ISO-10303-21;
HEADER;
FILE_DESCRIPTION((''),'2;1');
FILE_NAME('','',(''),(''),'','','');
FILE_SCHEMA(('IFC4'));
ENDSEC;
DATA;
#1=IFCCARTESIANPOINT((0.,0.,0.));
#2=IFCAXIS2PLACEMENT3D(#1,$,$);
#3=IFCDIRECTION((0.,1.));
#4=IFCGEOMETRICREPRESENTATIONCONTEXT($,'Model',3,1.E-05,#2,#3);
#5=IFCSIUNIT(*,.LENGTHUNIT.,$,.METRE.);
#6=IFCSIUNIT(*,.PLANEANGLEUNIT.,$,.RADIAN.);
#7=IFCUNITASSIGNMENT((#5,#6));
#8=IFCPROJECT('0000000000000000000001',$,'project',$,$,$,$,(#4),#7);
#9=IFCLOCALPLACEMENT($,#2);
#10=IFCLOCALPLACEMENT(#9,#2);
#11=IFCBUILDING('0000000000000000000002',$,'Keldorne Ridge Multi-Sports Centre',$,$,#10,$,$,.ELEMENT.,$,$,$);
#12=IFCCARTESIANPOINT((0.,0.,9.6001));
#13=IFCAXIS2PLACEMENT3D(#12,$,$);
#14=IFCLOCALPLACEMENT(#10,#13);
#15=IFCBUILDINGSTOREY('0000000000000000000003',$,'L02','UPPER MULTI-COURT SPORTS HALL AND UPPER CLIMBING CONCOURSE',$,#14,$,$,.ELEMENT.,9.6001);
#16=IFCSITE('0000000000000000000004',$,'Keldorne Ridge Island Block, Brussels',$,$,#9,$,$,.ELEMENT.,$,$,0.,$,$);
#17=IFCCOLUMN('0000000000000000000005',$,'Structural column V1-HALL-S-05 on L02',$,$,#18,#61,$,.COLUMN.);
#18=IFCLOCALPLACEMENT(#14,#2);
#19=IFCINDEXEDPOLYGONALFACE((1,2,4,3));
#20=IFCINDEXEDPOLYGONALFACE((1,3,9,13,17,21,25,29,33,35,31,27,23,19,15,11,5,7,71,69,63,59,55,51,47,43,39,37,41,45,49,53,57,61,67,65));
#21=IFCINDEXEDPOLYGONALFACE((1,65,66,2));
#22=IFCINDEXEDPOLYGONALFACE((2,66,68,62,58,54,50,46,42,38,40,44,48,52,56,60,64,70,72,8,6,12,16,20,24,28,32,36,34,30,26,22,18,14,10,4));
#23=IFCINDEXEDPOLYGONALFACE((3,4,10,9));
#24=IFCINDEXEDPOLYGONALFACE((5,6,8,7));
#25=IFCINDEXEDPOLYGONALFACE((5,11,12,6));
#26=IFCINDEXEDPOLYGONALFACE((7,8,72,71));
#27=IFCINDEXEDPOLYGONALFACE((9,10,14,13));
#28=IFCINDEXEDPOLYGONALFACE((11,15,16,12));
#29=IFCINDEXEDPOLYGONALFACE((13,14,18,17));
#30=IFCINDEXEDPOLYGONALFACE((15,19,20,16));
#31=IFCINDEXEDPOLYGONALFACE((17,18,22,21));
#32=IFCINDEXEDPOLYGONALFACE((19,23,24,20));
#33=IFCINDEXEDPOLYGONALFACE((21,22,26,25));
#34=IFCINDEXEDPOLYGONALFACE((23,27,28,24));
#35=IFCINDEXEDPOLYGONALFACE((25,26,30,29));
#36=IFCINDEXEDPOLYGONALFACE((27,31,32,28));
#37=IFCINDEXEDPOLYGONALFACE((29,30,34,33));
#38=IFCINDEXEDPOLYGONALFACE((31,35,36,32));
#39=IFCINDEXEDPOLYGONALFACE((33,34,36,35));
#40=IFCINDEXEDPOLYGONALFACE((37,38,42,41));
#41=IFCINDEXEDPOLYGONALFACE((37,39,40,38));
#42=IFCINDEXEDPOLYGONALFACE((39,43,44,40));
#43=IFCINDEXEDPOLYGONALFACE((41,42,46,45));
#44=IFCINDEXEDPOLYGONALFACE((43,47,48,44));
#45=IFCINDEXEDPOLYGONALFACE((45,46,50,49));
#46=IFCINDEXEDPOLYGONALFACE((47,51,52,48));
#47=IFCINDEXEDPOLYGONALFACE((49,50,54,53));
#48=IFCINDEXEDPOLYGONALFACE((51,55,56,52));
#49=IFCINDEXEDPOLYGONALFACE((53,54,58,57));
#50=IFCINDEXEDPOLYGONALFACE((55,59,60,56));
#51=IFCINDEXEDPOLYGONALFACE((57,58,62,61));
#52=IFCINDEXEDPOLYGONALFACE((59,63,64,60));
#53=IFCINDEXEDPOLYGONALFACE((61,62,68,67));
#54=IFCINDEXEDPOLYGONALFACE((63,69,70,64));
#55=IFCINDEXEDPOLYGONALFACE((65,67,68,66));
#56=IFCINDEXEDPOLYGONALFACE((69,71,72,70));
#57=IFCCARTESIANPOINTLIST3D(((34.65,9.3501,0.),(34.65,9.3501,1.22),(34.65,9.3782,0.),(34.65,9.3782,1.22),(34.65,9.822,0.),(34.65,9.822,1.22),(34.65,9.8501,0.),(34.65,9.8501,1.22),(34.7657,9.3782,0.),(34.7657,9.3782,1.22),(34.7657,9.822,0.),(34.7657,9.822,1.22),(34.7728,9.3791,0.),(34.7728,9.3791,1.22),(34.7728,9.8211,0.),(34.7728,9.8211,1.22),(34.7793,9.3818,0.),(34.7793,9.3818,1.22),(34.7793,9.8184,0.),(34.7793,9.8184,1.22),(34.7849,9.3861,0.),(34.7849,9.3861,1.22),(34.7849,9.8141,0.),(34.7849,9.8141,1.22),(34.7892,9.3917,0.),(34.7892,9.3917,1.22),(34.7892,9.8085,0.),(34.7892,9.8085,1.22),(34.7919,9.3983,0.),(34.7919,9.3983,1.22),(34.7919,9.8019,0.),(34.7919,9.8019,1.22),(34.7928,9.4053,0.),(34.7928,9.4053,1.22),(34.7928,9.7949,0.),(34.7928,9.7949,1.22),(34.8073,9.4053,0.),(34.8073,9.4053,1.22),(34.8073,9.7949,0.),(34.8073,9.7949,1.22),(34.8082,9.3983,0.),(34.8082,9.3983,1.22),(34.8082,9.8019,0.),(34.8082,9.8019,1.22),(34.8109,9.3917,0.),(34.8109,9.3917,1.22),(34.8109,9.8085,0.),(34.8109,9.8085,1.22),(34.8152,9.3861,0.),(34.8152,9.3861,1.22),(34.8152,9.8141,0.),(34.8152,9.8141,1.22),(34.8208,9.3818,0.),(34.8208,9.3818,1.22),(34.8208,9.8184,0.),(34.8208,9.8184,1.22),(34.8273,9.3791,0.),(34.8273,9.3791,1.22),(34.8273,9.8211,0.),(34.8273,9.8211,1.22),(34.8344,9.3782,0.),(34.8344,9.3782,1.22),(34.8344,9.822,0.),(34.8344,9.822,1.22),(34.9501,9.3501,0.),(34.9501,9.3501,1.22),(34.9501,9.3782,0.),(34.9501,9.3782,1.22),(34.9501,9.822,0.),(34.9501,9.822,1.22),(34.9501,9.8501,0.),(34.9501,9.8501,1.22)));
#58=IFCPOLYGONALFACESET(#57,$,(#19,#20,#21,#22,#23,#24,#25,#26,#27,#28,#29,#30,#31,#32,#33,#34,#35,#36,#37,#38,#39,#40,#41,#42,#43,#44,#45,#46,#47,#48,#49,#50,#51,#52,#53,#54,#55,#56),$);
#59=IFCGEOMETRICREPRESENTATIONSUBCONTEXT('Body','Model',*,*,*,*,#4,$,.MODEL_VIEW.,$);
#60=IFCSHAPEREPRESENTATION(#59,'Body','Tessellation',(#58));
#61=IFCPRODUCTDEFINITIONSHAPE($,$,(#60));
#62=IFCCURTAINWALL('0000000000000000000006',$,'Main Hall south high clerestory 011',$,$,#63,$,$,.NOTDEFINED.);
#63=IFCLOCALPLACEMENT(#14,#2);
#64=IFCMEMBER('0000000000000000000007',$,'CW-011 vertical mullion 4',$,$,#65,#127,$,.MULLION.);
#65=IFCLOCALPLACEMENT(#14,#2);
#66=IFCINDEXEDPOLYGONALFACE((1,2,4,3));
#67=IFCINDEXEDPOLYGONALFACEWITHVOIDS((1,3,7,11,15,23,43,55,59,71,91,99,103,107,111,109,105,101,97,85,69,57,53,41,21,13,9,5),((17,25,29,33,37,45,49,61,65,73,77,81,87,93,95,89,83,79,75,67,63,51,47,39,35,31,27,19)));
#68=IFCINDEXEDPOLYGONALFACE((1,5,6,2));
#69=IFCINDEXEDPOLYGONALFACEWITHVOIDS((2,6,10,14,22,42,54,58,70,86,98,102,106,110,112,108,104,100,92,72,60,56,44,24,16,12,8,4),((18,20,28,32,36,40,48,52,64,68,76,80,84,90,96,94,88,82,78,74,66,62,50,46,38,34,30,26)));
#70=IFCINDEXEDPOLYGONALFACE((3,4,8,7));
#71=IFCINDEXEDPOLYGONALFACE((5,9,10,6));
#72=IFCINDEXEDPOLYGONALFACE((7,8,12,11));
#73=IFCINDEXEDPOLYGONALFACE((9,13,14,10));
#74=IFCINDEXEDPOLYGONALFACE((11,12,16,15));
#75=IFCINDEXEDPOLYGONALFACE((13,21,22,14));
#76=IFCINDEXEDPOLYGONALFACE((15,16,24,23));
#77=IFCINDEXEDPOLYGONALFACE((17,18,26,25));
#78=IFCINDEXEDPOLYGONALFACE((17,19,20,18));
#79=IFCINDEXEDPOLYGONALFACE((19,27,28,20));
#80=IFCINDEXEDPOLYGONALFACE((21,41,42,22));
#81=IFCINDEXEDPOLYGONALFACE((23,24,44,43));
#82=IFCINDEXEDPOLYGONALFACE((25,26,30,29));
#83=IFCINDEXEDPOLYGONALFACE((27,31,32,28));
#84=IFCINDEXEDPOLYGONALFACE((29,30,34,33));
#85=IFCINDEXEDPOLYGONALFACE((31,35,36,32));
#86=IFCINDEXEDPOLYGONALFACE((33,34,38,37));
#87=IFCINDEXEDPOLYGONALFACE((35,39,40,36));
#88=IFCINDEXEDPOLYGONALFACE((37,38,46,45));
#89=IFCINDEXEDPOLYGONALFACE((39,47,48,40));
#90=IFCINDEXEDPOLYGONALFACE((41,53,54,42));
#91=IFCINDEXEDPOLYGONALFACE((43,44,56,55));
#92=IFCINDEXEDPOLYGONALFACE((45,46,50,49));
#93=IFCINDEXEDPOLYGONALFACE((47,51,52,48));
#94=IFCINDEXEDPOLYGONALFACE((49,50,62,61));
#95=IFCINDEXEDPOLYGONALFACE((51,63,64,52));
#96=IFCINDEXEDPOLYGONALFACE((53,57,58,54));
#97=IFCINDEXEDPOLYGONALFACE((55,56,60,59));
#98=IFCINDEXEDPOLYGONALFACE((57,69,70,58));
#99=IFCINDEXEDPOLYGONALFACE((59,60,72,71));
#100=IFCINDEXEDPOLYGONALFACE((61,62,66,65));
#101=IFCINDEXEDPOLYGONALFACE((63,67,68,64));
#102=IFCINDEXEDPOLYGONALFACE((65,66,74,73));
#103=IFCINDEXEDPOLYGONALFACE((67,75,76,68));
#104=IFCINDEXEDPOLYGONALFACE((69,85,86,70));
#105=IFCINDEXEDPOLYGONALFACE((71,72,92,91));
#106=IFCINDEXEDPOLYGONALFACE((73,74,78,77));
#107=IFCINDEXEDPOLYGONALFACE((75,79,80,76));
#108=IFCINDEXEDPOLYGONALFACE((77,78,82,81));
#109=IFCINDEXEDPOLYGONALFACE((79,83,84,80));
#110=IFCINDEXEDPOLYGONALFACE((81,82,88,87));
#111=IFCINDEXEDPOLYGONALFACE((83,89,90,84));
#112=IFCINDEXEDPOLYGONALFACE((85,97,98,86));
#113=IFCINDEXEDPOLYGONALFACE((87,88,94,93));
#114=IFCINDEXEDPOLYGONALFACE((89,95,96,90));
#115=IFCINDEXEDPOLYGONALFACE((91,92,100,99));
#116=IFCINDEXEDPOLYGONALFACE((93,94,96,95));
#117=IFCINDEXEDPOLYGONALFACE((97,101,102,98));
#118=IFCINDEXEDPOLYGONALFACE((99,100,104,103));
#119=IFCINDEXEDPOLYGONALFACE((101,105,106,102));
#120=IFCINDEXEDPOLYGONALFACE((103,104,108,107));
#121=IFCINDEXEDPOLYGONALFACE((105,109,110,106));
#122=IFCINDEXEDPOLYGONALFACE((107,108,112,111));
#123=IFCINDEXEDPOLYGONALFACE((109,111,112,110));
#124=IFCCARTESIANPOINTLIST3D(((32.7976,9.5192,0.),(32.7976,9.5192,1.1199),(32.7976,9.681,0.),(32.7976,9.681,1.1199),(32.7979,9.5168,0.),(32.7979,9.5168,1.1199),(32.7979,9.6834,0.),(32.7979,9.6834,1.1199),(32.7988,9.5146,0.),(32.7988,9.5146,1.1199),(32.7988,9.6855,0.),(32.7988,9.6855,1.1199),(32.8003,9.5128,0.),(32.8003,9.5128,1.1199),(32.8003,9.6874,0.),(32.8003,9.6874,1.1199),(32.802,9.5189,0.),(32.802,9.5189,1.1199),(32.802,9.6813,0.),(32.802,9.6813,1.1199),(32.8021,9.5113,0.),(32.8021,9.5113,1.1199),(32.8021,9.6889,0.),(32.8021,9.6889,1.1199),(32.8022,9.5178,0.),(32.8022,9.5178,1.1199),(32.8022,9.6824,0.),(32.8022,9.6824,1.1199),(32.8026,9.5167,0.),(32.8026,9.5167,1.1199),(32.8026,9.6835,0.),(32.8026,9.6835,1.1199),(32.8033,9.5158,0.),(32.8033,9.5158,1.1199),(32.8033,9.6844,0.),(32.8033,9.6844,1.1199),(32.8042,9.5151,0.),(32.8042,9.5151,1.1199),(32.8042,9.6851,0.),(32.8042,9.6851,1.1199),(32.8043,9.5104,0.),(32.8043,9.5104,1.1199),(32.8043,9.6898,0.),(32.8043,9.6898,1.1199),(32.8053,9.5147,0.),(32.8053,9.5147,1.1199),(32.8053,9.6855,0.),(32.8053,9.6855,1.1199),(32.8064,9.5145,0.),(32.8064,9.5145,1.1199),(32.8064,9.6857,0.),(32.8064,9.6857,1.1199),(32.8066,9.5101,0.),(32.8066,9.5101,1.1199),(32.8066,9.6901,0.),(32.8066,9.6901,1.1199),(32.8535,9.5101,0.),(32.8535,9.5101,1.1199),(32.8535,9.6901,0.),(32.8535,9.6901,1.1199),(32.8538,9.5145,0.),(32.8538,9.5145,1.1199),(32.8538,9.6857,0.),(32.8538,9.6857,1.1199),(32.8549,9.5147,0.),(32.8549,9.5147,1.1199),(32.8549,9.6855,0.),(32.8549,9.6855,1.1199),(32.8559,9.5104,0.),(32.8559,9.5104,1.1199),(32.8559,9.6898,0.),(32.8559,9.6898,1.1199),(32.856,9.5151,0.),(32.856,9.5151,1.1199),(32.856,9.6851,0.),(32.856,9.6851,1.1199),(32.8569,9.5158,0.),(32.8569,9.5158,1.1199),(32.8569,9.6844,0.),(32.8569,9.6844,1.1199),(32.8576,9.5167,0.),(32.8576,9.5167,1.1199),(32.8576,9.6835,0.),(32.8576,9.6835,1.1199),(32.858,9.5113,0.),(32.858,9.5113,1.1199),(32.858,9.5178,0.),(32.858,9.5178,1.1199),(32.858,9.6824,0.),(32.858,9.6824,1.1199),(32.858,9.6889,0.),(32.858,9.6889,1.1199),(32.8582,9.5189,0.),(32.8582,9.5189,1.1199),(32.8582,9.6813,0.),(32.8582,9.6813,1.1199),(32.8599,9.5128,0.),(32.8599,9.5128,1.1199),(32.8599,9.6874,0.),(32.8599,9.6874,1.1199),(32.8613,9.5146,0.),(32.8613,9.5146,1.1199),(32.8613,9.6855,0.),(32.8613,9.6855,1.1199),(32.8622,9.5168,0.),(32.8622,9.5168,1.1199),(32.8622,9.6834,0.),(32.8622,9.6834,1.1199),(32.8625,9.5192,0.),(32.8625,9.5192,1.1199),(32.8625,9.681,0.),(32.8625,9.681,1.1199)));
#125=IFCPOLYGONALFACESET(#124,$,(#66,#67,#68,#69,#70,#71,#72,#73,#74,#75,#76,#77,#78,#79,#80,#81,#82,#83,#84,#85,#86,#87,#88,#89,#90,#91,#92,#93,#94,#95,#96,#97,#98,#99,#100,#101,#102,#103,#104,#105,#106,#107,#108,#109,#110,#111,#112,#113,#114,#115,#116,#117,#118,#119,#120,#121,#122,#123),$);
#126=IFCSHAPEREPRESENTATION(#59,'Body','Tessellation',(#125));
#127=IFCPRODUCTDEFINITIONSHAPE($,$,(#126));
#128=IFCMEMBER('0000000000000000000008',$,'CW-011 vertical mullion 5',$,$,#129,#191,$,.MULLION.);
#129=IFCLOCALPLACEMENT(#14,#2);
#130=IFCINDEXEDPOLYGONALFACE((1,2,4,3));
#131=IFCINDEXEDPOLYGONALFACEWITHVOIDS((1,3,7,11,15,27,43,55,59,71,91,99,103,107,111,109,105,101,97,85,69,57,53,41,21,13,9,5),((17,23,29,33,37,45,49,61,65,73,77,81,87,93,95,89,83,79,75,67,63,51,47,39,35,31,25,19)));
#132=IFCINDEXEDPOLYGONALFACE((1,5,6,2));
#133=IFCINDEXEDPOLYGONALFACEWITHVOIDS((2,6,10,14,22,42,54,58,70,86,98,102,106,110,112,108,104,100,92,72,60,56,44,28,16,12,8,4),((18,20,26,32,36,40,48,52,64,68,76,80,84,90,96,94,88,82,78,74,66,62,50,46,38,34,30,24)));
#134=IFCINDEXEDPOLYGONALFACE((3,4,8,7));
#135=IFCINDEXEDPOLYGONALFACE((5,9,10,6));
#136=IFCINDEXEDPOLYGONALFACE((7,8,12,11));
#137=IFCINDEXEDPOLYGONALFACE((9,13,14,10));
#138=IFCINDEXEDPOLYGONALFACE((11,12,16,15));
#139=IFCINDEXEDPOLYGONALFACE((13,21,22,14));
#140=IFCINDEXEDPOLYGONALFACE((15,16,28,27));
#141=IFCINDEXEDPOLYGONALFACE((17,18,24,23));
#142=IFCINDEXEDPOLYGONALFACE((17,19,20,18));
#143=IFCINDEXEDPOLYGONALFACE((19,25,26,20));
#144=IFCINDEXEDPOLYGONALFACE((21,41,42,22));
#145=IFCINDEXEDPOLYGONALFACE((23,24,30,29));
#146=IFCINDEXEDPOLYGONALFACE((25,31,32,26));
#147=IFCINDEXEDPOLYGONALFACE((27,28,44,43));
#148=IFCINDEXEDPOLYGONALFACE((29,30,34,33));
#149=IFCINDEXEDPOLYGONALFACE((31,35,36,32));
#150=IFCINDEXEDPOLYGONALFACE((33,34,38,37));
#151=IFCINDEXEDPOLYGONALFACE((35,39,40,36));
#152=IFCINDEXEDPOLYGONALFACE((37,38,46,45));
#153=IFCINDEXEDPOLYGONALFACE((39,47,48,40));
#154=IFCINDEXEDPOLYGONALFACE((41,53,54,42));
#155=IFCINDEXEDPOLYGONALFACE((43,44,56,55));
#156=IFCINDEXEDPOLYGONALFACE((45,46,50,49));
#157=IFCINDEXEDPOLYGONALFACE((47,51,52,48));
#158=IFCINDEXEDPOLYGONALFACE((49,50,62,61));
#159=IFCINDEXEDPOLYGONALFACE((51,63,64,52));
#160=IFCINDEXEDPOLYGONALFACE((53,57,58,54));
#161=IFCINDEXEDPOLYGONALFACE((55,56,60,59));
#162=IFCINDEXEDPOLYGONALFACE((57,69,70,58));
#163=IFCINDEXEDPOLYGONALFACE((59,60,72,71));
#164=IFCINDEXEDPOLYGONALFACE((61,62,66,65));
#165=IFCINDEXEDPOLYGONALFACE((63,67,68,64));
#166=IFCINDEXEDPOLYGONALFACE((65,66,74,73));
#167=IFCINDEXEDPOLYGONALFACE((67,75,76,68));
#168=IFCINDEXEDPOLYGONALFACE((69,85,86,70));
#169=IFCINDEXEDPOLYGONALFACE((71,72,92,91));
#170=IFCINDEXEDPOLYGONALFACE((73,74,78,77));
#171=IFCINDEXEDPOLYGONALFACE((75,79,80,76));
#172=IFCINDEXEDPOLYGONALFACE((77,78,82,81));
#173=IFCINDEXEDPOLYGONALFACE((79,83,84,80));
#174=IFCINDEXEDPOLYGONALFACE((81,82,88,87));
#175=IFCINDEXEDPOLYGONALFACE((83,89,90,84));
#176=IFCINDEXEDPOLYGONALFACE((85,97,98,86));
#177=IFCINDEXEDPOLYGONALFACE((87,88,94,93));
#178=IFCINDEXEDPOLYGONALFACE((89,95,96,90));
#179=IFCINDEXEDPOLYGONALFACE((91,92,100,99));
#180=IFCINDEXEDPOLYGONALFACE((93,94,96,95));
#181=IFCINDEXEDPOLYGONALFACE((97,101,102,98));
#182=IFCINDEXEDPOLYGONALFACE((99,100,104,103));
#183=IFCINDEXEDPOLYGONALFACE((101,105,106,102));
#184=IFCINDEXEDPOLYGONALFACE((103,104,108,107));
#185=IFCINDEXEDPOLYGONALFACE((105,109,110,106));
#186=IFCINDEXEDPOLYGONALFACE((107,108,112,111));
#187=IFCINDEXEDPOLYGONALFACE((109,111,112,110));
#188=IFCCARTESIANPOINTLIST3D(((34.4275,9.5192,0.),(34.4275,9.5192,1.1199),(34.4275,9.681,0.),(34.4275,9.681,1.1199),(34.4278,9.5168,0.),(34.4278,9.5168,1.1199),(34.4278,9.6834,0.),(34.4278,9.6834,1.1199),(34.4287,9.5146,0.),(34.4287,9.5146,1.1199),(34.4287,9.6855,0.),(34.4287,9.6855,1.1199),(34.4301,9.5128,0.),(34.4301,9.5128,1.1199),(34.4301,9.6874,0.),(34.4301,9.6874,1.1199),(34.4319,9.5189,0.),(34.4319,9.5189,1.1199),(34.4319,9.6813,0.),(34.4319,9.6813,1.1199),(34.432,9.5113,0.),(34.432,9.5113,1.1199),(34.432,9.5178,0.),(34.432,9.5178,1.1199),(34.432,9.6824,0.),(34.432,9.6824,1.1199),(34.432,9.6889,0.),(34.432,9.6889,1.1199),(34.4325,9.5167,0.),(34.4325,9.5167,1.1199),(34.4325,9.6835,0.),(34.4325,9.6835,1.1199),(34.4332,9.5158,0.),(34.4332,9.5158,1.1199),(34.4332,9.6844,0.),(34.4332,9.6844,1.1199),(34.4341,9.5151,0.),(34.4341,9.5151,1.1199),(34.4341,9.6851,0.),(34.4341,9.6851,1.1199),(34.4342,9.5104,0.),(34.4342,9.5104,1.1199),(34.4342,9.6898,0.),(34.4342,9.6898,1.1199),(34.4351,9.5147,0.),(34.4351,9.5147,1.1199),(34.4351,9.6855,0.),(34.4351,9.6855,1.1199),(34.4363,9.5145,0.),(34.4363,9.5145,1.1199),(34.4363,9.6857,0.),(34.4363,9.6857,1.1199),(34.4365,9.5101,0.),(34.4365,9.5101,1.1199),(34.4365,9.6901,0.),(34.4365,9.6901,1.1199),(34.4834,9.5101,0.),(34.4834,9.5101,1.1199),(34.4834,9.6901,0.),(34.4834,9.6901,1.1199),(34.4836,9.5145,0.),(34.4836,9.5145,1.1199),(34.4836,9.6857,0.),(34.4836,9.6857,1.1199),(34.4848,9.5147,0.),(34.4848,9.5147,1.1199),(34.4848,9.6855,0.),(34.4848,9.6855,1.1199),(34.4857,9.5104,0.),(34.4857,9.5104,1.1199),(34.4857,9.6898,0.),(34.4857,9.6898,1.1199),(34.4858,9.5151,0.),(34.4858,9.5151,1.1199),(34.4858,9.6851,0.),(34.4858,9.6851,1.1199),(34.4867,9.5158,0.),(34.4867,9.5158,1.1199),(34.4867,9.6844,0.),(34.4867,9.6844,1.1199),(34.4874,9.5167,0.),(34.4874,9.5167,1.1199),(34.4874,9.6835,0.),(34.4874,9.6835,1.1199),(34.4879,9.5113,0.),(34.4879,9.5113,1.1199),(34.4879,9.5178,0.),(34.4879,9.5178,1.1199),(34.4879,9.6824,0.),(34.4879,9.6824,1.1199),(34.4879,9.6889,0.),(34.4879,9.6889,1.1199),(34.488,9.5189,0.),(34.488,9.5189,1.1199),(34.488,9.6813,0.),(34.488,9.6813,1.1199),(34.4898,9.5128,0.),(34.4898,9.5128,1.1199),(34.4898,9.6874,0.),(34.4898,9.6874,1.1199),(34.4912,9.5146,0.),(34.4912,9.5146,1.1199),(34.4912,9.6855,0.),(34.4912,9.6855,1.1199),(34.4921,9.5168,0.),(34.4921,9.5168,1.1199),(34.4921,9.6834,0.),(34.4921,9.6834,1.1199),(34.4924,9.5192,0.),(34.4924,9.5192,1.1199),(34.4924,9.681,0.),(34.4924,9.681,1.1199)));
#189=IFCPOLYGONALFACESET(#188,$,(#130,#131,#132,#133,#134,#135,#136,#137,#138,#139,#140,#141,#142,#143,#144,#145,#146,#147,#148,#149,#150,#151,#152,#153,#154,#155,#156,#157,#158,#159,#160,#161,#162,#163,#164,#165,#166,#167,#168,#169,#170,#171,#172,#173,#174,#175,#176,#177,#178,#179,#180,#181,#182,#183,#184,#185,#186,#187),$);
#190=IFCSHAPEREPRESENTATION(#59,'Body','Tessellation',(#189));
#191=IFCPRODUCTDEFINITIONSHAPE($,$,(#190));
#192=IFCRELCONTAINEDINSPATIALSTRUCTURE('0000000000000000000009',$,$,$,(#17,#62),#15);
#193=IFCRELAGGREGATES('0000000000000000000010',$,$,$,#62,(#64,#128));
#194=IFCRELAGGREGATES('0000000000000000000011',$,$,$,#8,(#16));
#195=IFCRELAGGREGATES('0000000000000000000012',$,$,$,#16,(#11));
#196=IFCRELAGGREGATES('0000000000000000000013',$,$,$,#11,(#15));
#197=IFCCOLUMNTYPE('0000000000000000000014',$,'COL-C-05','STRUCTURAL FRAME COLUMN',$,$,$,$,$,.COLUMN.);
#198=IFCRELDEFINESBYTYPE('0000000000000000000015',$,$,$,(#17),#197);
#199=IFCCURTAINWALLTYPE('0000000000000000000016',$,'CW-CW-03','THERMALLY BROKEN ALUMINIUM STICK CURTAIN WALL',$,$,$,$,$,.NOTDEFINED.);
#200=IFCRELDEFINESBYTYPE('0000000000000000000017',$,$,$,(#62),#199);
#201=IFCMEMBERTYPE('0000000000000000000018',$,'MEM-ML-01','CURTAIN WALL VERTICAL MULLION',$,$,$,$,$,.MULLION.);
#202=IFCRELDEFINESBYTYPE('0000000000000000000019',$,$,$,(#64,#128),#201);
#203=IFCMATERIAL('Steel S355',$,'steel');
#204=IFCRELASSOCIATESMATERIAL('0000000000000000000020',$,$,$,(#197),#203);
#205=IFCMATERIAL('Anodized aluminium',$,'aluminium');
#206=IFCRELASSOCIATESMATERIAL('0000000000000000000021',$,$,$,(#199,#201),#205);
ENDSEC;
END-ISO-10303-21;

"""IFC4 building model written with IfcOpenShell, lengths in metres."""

from ifc_helpers import new_model, si_unit, direction, frame, origin, origin_2d, place, context, subcontext, project, spatial, hollow_rectangle, i_section, extrude, material, material_profile, profile_set, type_object, element, aggregate, save


model = new_model("IFC4")

# Units and contexts
model_context = context("Model", 3, precision=1e-05, world=origin(), true_north=direction((0.0, 1.0)))
body_context = subcontext(model_context, "Body", "Model", "MODEL_VIEW")
ifc_project = project(units=[si_unit("LENGTHUNIT", "METRE"), si_unit("PLANEANGLEUNIT", "RADIAN")], contexts=[model_context])

# Site, building, storey
site_placement = place(None, origin())
site = spatial("IfcSite", under=ifc_project, at=site_placement, Name="Keldorne Ridge Island Block, Brussels", CompositionType="ELEMENT", RefElevation=0.0)
building_placement = place(site_placement, origin())
building = spatial("IfcBuilding", under=site, at=building_placement, Name="Keldorne Ridge Multi-Sports Centre", CompositionType="ELEMENT")
storey_placement = place(building_placement, frame((0.0, 0.0, 9.6001)))
storey = spatial("IfcBuildingStorey", under=building, at=storey_placement, Name="L02", Description="UPPER MULTI-COURT SPORTS HALL AND UPPER CLIMBING CONCOURSE", CompositionType="ELEMENT", Elevation=9.6001)

# Column
ifc_material_1 = material(Name="Steel S355", Category="steel")
ifc_material_profile_1 = material_profile(ifc_material_1, i_section(OverallWidth=0.3, OverallDepth=0.5, WebThickness=0.0144, FlangeThickness=0.0281, FilletRadius=0.0271, at=origin_2d()), Name="HEB 500")
ifc_profile_set_1 = profile_set([ifc_material_profile_1], Name="Steel S355")
column_type = type_object("IfcColumnType", Name="COL-C-05", Description="STRUCTURAL FRAME COLUMN", PredefinedType="COLUMN", material=ifc_profile_set_1)
column_placement = place(storey_placement, frame((34.8, 9.6001, 0.0), z_axis=(0.0, 0.0, 1.0), x_axis=(1.0, 0.0, 0.0)))
element("IfcColumn", 1, at=column_placement, inside=storey, type_object=column_type, Name="Structural column V1-HALL-S-05 on L02", PredefinedType="COLUMN", context=body_context, shape_type="SweptSolid", body=[
    extrude(i_section(OverallWidth=0.3, OverallDepth=0.5, WebThickness=0.0144, FlangeThickness=0.0281, FilletRadius=0.0271, at=origin_2d()), origin(), (0.0, 0.0, 1.0), 1.22),
])

# Curtain wall, members
ifc_material_2 = material(Name="Anodized aluminium", Category="aluminium")
curtain_wall_type = type_object("IfcCurtainWallType", Name="CW-CW-03", Description="THERMALLY BROKEN ALUMINIUM STICK CURTAIN WALL", PredefinedType="NOTDEFINED", material=ifc_material_2)
curtain_wall_placement = place(storey_placement, origin())
curtain_wall = element("IfcCurtainWall", 2, at=curtain_wall_placement, inside=storey, type_object=curtain_wall_type, Name="Main Hall south high clerestory 011", PredefinedType="NOTDEFINED")
ifc_material_profile_2 = material_profile(ifc_material_2, hollow_rectangle(XDim=0.0649, YDim=0.1799, WallThickness=0.0044, InnerFilletRadius=0.0044, OuterFilletRadius=0.009, at=origin_2d()), Name="ALU MULLION 180x65x4.5")
ifc_profile_set_2 = profile_set([ifc_material_profile_2], Name="Anodized aluminium")
member_type_1 = type_object("IfcMemberType", Name="MEM-ML-01", Description="CURTAIN WALL VERTICAL MULLION", PredefinedType="MULLION", material=ifc_profile_set_2)
member_1_placement = place(storey_placement, frame((32.8301, 9.6001, 0.0), z_axis=(0.0, 0.0, 1.0), x_axis=(1.0, 0.0, 0.0)))
member_1 = element("IfcMember", 3, at=member_1_placement, type_object=member_type_1, Name="CW-011 vertical mullion 4", PredefinedType="MULLION", context=body_context, shape_type="SweptSolid", body=[
    extrude(hollow_rectangle(XDim=0.0649, YDim=0.1799, WallThickness=0.0044, InnerFilletRadius=0.0044, OuterFilletRadius=0.009, at=origin_2d()), origin(), (0.0, 0.0, 1.0), 1.1199),
])
member_2_placement = place(storey_placement, frame((34.46, 9.6001, 0.0), z_axis=(0.0, 0.0, 1.0), x_axis=(1.0, 0.0, 0.0)))
member_2 = element("IfcMember", 4, at=member_2_placement, type_object=member_type_1, Name="CW-011 vertical mullion 5", PredefinedType="MULLION", context=body_context, shape_type="SweptSolid", body=[
    extrude(hollow_rectangle(XDim=0.0649, YDim=0.1799, WallThickness=0.0044, InnerFilletRadius=0.0044, OuterFilletRadius=0.009, at=origin_2d()), origin(), (0.0, 0.0, 1.0), 1.1199),
])

aggregate(curtain_wall, [member_1, member_2])

save(model, "model.ifc")
